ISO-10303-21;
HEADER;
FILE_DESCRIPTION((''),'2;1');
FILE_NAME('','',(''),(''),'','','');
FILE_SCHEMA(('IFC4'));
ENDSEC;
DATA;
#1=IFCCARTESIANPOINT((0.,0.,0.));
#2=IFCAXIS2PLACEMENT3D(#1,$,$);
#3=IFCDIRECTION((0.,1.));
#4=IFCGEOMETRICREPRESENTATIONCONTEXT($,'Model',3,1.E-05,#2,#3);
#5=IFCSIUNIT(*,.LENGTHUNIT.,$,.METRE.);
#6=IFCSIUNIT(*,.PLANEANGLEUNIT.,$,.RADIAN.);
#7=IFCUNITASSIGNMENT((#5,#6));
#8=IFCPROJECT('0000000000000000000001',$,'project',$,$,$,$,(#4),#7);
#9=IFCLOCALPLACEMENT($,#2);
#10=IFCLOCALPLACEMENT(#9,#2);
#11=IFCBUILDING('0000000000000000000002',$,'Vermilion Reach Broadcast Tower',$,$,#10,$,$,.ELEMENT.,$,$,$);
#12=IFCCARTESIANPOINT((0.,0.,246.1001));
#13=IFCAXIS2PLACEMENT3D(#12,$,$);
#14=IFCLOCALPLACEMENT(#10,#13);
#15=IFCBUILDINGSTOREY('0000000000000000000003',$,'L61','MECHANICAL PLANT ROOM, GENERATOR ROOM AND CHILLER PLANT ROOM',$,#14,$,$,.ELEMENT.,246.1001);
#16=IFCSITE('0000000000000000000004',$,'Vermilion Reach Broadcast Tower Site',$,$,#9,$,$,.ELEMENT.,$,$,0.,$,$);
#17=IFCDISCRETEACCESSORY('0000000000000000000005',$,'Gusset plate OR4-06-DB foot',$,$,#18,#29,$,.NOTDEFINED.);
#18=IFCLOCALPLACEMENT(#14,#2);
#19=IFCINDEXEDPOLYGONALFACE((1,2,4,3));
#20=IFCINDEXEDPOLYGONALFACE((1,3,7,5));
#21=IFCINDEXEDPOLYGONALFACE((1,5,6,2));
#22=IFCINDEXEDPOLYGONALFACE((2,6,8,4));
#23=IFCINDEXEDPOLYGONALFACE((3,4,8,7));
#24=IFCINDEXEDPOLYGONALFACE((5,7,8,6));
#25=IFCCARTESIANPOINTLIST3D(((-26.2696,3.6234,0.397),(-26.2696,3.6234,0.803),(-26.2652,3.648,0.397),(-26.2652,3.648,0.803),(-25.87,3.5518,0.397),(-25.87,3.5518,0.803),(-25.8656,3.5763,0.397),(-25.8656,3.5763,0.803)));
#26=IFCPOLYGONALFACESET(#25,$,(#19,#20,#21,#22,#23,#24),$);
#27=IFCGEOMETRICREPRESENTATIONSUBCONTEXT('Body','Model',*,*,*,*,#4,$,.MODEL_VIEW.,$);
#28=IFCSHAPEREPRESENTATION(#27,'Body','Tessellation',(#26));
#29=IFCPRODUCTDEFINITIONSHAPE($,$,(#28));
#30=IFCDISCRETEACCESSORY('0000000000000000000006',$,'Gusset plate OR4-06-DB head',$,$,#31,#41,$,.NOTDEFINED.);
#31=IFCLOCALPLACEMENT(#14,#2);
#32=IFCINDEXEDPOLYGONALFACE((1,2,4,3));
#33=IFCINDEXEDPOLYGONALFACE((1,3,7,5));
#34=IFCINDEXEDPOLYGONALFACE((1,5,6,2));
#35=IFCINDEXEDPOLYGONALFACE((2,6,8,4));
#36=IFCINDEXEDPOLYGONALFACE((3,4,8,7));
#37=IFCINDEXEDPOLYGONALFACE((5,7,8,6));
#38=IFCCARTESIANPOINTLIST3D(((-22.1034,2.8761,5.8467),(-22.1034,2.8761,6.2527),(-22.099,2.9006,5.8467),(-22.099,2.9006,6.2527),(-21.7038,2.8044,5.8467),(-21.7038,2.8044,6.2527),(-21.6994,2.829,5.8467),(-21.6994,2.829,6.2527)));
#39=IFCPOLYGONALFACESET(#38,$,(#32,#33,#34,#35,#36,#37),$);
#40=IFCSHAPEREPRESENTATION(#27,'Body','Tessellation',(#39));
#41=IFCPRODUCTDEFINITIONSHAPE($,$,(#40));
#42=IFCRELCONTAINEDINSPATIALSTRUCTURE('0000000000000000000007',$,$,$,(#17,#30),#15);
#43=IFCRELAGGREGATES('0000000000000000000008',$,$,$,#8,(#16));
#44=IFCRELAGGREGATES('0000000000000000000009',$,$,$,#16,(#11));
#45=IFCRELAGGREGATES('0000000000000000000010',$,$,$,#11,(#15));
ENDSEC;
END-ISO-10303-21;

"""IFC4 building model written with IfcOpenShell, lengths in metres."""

from ifc_helpers import new_model, si_unit, direction, frame, origin, origin_2d, place, context, subcontext, project, spatial, rectangle, extrude, element, save


model = new_model("IFC4")

# Units and contexts
model_context = context("Model", 3, precision=1e-05, world=origin(), true_north=direction((0.0, 1.0)))
body_context = subcontext(model_context, "Body", "Model", "MODEL_VIEW")
ifc_project = project(units=[si_unit("LENGTHUNIT", "METRE"), si_unit("PLANEANGLEUNIT", "RADIAN")], contexts=[model_context])

# Site, building, storey
site_placement = place(None, origin())
site = spatial("IfcSite", under=ifc_project, at=site_placement, Name="Vermilion Reach Broadcast Tower Site", CompositionType="ELEMENT", RefElevation=0.0)
building_placement = place(site_placement, origin())
building = spatial("IfcBuilding", under=site, at=building_placement, Name="Vermilion Reach Broadcast Tower", CompositionType="ELEMENT")
storey_placement = place(building_placement, frame((0.0, 0.0, 246.1001)))
storey = spatial("IfcBuildingStorey", under=building, at=storey_placement, Name="L61", Description="MECHANICAL PLANT ROOM, GENERATOR ROOM AND CHILLER PLANT ROOM", CompositionType="ELEMENT", Elevation=246.1001)

# Discrete accessories
for number, where, z_axis, x_axis, name in (
    (1, (-26.0676, 3.5999, 0.397), (0.0, 0.0, 1.0), (-0.176569, -0.984288, 0.0), "Gusset plate OR4-06-DB foot"),
    (2, (-21.9014, 2.8525, 5.8467), (0.0, 0.0, 1.0), (-0.176569, -0.984288, 0.0), "Gusset plate OR4-06-DB head"),
):
    element("IfcDiscreteAccessory", number, at=place(storey_placement, frame(where, z_axis=z_axis, x_axis=x_axis)), inside=storey, Name=name, PredefinedType="NOTDEFINED", context=body_context, shape_type="SweptSolid", body=[
        extrude(rectangle(XDim=0.0249, YDim=0.406, at=origin_2d()), origin(), (0.0, 0.0, 1.0), 0.406),
    ])

save(model, "model.ifc")
